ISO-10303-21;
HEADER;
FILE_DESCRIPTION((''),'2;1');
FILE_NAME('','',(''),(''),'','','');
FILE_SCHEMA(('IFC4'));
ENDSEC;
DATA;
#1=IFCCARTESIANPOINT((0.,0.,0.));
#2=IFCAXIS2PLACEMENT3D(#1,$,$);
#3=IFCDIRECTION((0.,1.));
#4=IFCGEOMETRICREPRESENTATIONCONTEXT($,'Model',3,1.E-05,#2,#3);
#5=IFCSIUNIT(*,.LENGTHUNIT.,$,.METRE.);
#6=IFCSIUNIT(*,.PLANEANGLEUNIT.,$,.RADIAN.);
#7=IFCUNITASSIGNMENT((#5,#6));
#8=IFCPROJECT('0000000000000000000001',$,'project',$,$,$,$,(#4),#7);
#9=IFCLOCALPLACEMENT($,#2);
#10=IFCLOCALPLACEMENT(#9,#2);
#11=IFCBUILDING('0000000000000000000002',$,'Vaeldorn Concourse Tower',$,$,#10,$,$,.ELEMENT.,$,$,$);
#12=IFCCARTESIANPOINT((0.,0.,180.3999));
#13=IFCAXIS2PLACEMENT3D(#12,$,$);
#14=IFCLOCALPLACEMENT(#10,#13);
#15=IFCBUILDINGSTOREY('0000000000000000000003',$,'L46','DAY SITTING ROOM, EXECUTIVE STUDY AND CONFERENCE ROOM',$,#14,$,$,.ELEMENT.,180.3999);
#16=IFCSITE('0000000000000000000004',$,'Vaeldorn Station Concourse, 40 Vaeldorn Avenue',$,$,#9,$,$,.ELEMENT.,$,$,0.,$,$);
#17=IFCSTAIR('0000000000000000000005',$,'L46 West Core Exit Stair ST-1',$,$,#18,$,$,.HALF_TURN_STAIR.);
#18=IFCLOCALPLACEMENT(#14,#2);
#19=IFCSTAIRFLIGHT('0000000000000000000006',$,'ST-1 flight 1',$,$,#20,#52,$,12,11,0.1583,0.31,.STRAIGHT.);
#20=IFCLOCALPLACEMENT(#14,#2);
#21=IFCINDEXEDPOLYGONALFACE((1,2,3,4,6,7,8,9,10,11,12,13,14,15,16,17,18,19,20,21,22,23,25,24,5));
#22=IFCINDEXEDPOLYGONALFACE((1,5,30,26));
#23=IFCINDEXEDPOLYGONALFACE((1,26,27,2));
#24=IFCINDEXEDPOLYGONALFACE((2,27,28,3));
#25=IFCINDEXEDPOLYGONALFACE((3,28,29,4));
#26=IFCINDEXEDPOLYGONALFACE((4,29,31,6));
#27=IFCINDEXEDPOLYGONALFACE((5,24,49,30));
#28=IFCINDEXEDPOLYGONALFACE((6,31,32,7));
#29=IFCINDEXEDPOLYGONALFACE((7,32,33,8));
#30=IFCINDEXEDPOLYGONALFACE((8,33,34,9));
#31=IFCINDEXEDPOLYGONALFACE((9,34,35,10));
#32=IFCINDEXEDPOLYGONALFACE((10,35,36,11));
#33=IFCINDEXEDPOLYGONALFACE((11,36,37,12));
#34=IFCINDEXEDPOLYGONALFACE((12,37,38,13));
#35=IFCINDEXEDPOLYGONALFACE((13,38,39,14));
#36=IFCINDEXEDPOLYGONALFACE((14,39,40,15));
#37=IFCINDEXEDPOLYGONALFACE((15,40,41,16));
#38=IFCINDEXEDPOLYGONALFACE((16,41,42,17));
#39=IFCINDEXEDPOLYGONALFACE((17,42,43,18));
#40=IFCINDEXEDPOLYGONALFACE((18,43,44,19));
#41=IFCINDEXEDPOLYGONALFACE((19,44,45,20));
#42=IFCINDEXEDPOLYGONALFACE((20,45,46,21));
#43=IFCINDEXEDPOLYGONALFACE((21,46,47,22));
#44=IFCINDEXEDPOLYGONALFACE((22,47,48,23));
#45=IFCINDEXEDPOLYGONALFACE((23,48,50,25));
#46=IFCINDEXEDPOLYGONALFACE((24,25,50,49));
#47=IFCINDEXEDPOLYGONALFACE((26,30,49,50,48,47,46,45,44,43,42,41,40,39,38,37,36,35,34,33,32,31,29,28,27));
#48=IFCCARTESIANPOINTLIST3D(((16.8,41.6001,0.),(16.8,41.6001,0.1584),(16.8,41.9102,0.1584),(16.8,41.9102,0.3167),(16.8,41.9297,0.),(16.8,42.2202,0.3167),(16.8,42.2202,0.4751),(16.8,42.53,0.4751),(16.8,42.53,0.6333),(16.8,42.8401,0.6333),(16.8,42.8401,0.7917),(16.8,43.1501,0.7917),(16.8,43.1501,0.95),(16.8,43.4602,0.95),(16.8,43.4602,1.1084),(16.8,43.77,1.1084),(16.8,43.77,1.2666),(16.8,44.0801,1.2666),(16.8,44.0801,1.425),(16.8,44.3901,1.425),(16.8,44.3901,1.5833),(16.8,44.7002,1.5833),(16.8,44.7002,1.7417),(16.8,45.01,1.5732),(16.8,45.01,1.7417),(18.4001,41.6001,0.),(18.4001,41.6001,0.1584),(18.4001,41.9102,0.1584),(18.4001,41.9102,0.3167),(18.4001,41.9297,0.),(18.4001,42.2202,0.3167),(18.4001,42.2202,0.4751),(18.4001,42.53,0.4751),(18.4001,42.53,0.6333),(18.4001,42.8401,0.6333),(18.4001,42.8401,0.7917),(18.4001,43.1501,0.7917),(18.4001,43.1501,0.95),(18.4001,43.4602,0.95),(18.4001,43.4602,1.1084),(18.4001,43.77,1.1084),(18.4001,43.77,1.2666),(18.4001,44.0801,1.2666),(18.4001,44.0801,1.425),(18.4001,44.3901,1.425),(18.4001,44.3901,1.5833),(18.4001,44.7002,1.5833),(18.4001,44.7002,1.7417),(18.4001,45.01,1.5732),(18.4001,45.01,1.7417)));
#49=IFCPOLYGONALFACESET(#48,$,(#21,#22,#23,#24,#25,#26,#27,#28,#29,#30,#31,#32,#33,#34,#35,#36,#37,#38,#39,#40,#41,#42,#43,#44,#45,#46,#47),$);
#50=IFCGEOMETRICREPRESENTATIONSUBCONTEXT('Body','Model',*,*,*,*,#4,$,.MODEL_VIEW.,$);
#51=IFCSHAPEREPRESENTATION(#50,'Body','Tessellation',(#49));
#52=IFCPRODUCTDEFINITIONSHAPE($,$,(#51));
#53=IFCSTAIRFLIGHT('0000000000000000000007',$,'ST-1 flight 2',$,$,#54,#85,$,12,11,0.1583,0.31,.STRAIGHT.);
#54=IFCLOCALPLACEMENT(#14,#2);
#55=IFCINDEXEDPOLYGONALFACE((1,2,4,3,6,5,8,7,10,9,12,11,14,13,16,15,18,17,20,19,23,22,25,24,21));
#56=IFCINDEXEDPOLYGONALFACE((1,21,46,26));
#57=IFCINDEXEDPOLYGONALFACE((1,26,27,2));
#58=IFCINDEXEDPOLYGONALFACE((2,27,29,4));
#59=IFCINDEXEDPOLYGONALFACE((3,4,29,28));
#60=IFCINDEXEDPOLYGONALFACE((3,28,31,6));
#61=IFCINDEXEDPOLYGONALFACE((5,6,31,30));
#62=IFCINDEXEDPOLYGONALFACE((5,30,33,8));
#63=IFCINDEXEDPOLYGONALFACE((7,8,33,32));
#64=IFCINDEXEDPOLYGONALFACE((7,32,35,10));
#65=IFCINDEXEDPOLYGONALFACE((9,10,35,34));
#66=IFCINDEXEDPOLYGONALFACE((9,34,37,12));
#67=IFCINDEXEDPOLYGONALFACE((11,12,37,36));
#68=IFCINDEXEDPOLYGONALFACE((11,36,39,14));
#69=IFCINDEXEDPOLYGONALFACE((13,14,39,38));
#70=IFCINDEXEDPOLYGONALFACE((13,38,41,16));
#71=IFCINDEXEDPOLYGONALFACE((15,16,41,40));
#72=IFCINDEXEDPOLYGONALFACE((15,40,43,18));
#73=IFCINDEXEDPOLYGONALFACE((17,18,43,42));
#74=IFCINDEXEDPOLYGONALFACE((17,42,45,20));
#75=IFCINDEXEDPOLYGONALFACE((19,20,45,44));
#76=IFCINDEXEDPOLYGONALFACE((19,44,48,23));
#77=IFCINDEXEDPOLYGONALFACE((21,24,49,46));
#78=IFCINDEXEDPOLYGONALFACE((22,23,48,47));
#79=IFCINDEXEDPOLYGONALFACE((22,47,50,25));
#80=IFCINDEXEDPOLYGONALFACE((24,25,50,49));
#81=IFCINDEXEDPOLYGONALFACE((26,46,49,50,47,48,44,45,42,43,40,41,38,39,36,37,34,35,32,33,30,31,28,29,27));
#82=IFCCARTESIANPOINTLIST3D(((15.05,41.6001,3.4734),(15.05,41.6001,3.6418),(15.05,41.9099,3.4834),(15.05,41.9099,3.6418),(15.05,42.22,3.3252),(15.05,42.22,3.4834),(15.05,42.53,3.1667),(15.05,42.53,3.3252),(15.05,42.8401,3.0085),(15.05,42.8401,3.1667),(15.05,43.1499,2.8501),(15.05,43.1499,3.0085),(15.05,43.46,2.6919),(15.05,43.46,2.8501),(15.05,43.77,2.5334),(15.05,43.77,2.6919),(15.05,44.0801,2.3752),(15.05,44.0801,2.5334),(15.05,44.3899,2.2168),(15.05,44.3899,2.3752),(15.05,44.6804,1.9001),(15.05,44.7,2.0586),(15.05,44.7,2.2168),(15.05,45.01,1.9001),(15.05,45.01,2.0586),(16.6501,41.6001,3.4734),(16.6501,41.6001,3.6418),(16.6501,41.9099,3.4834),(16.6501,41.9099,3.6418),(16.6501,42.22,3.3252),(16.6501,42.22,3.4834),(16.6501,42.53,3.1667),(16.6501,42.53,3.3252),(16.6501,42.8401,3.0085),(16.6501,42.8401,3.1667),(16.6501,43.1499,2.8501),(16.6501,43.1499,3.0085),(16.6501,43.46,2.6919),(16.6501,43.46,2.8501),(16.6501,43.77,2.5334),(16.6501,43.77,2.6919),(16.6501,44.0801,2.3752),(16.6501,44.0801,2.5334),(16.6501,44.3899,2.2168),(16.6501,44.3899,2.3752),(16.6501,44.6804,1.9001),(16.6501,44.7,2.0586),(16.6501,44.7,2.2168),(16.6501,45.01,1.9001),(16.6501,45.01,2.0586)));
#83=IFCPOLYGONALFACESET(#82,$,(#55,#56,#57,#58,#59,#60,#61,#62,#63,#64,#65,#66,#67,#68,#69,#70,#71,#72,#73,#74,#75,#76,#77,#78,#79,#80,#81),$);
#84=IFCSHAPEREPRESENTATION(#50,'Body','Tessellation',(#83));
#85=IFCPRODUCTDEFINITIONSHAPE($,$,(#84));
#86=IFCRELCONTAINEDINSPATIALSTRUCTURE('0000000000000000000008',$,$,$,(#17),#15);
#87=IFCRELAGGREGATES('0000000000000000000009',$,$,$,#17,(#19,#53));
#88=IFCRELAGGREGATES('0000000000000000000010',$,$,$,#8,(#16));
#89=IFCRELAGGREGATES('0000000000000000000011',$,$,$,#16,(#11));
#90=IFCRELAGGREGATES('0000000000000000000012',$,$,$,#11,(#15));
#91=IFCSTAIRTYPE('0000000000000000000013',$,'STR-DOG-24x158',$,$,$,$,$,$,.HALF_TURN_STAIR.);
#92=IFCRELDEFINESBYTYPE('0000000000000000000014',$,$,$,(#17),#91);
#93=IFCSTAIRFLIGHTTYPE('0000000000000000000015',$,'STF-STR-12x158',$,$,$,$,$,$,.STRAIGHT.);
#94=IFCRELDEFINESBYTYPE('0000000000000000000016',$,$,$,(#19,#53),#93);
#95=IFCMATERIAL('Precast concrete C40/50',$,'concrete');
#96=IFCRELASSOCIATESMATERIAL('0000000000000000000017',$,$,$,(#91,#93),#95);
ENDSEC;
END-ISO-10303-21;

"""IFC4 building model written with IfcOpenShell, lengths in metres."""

from ifc_helpers import new_model, si_unit, direction, frame, origin, place, context, subcontext, project, spatial, polyline, outline, extrude, material, type_object, element, aggregate, save


model = new_model("IFC4")

# Units and contexts
model_context = context("Model", 3, precision=1e-05, world=origin(), true_north=direction((0.0, 1.0)))
body_context = subcontext(model_context, "Body", "Model", "MODEL_VIEW")
ifc_project = project(units=[si_unit("LENGTHUNIT", "METRE"), si_unit("PLANEANGLEUNIT", "RADIAN")], contexts=[model_context])

# Site, building, storey
site_placement = place(None, origin())
site = spatial("IfcSite", under=ifc_project, at=site_placement, Name="Vaeldorn Station Concourse, 40 Vaeldorn Avenue", CompositionType="ELEMENT", RefElevation=0.0)
building_placement = place(site_placement, origin())
building = spatial("IfcBuilding", under=site, at=building_placement, Name="Vaeldorn Concourse Tower", CompositionType="ELEMENT")
storey_placement = place(building_placement, frame((0.0, 0.0, 180.3999)))
storey = spatial("IfcBuildingStorey", under=building, at=storey_placement, Name="L46", Description="DAY SITTING ROOM, EXECUTIVE STUDY AND CONFERENCE ROOM", CompositionType="ELEMENT", Elevation=180.3999)

# Stair, stair flights
ifc_material_1 = material(Name="Precast concrete C40/50", Category="concrete")
stair_type = type_object("IfcStairType", Name="STR-DOG-24x158", PredefinedType="HALF_TURN_STAIR", material=ifc_material_1)
stair_placement = place(storey_placement, origin())
stair = element("IfcStair", 1, at=stair_placement, inside=storey, type_object=stair_type, Name="L46 West Core Exit Stair ST-1", PredefinedType="HALF_TURN_STAIR")
stair_flight_type = type_object("IfcStairFlightType", Name="STF-STR-12x158", PredefinedType="STRAIGHT", material=ifc_material_1)
stair_flight_1_placement = place(storey_placement, frame((17.6001, 41.6001, 0.0), z_axis=(0.0, 0.0, 1.0), x_axis=(0.0, 1.0, 0.0)))
stair_flight_1 = element("IfcStairFlight", 2, at=stair_flight_1_placement, type_object=stair_flight_type, Name="ST-1 flight 1", NumberOfRisers=12, NumberOfTreads=11, PredefinedType="STRAIGHT", RiserHeight=0.1583, TreadLength=0.31, context=body_context, shape_type="SweptSolid", body=[
    extrude(outline(polyline([(0.0, 0.0), (0.0, 0.1584), (0.3101, 0.1584), (0.3101, 0.3167), (0.6201, 0.3167), (0.6201, 0.4751), (0.9299, 0.4751), (0.9299, 0.6333), (1.24, 0.6333), (1.24, 0.7917), (1.55, 0.7917), (1.55, 0.95), (1.8601, 0.95), (1.8601, 1.1084), (2.1699, 1.1084), (2.1699, 1.2666), (2.48, 1.2666), (2.48, 1.425), (2.79, 1.425), (2.79, 1.5833), (3.1001, 1.5833), (3.1001, 1.7417), (3.4099, 1.7417), (3.4099, 1.8999), (3.4099, 1.5732), (0.3296, 0.0), (0.0, 0.0)])), frame((0.0, 0.8, 0.0), z_axis=(0.0, -1.0, 0.0), x_axis=(1.0, 0.0, 0.0)), (0.0, 0.0, 1.0), 1.6001),
])
stair_flight_2_placement = place(storey_placement, frame((15.8501, 45.01, 1.9001), z_axis=(0.0, 0.0, 1.0), x_axis=(0.0, -1.0, 0.0)))
stair_flight_2 = element("IfcStairFlight", 3, at=stair_flight_2_placement, type_object=stair_flight_type, Name="ST-1 flight 2", NumberOfRisers=12, NumberOfTreads=11, PredefinedType="STRAIGHT", RiserHeight=0.1583, TreadLength=0.31, context=body_context, shape_type="SweptSolid", body=[
    extrude(outline(polyline([(0.0, 0.0), (0.0, 0.1584), (0.3101, 0.1584), (0.3101, 0.3167), (0.6201, 0.3167), (0.6201, 0.4751), (0.9299, 0.4751), (0.9299, 0.6333), (1.24, 0.6333), (1.24, 0.7917), (1.55, 0.7917), (1.55, 0.95), (1.8601, 0.95), (1.8601, 1.1084), (2.1699, 1.1084), (2.1699, 1.2666), (2.48, 1.2666), (2.48, 1.425), (2.79, 1.425), (2.79, 1.5833), (3.1001, 1.5833), (3.1001, 1.7417), (3.4099, 1.7417), (3.4099, 1.8999), (3.4099, 1.5732), (0.3296, 0.0), (0.0, 0.0)])), frame((0.0, 0.8, 0.0), z_axis=(0.0, -1.0, 0.0), x_axis=(1.0, 0.0, 0.0)), (0.0, 0.0, 1.0), 1.6001),
])
aggregate(stair, [stair_flight_1, stair_flight_2])

save(model, "model.ifc")
